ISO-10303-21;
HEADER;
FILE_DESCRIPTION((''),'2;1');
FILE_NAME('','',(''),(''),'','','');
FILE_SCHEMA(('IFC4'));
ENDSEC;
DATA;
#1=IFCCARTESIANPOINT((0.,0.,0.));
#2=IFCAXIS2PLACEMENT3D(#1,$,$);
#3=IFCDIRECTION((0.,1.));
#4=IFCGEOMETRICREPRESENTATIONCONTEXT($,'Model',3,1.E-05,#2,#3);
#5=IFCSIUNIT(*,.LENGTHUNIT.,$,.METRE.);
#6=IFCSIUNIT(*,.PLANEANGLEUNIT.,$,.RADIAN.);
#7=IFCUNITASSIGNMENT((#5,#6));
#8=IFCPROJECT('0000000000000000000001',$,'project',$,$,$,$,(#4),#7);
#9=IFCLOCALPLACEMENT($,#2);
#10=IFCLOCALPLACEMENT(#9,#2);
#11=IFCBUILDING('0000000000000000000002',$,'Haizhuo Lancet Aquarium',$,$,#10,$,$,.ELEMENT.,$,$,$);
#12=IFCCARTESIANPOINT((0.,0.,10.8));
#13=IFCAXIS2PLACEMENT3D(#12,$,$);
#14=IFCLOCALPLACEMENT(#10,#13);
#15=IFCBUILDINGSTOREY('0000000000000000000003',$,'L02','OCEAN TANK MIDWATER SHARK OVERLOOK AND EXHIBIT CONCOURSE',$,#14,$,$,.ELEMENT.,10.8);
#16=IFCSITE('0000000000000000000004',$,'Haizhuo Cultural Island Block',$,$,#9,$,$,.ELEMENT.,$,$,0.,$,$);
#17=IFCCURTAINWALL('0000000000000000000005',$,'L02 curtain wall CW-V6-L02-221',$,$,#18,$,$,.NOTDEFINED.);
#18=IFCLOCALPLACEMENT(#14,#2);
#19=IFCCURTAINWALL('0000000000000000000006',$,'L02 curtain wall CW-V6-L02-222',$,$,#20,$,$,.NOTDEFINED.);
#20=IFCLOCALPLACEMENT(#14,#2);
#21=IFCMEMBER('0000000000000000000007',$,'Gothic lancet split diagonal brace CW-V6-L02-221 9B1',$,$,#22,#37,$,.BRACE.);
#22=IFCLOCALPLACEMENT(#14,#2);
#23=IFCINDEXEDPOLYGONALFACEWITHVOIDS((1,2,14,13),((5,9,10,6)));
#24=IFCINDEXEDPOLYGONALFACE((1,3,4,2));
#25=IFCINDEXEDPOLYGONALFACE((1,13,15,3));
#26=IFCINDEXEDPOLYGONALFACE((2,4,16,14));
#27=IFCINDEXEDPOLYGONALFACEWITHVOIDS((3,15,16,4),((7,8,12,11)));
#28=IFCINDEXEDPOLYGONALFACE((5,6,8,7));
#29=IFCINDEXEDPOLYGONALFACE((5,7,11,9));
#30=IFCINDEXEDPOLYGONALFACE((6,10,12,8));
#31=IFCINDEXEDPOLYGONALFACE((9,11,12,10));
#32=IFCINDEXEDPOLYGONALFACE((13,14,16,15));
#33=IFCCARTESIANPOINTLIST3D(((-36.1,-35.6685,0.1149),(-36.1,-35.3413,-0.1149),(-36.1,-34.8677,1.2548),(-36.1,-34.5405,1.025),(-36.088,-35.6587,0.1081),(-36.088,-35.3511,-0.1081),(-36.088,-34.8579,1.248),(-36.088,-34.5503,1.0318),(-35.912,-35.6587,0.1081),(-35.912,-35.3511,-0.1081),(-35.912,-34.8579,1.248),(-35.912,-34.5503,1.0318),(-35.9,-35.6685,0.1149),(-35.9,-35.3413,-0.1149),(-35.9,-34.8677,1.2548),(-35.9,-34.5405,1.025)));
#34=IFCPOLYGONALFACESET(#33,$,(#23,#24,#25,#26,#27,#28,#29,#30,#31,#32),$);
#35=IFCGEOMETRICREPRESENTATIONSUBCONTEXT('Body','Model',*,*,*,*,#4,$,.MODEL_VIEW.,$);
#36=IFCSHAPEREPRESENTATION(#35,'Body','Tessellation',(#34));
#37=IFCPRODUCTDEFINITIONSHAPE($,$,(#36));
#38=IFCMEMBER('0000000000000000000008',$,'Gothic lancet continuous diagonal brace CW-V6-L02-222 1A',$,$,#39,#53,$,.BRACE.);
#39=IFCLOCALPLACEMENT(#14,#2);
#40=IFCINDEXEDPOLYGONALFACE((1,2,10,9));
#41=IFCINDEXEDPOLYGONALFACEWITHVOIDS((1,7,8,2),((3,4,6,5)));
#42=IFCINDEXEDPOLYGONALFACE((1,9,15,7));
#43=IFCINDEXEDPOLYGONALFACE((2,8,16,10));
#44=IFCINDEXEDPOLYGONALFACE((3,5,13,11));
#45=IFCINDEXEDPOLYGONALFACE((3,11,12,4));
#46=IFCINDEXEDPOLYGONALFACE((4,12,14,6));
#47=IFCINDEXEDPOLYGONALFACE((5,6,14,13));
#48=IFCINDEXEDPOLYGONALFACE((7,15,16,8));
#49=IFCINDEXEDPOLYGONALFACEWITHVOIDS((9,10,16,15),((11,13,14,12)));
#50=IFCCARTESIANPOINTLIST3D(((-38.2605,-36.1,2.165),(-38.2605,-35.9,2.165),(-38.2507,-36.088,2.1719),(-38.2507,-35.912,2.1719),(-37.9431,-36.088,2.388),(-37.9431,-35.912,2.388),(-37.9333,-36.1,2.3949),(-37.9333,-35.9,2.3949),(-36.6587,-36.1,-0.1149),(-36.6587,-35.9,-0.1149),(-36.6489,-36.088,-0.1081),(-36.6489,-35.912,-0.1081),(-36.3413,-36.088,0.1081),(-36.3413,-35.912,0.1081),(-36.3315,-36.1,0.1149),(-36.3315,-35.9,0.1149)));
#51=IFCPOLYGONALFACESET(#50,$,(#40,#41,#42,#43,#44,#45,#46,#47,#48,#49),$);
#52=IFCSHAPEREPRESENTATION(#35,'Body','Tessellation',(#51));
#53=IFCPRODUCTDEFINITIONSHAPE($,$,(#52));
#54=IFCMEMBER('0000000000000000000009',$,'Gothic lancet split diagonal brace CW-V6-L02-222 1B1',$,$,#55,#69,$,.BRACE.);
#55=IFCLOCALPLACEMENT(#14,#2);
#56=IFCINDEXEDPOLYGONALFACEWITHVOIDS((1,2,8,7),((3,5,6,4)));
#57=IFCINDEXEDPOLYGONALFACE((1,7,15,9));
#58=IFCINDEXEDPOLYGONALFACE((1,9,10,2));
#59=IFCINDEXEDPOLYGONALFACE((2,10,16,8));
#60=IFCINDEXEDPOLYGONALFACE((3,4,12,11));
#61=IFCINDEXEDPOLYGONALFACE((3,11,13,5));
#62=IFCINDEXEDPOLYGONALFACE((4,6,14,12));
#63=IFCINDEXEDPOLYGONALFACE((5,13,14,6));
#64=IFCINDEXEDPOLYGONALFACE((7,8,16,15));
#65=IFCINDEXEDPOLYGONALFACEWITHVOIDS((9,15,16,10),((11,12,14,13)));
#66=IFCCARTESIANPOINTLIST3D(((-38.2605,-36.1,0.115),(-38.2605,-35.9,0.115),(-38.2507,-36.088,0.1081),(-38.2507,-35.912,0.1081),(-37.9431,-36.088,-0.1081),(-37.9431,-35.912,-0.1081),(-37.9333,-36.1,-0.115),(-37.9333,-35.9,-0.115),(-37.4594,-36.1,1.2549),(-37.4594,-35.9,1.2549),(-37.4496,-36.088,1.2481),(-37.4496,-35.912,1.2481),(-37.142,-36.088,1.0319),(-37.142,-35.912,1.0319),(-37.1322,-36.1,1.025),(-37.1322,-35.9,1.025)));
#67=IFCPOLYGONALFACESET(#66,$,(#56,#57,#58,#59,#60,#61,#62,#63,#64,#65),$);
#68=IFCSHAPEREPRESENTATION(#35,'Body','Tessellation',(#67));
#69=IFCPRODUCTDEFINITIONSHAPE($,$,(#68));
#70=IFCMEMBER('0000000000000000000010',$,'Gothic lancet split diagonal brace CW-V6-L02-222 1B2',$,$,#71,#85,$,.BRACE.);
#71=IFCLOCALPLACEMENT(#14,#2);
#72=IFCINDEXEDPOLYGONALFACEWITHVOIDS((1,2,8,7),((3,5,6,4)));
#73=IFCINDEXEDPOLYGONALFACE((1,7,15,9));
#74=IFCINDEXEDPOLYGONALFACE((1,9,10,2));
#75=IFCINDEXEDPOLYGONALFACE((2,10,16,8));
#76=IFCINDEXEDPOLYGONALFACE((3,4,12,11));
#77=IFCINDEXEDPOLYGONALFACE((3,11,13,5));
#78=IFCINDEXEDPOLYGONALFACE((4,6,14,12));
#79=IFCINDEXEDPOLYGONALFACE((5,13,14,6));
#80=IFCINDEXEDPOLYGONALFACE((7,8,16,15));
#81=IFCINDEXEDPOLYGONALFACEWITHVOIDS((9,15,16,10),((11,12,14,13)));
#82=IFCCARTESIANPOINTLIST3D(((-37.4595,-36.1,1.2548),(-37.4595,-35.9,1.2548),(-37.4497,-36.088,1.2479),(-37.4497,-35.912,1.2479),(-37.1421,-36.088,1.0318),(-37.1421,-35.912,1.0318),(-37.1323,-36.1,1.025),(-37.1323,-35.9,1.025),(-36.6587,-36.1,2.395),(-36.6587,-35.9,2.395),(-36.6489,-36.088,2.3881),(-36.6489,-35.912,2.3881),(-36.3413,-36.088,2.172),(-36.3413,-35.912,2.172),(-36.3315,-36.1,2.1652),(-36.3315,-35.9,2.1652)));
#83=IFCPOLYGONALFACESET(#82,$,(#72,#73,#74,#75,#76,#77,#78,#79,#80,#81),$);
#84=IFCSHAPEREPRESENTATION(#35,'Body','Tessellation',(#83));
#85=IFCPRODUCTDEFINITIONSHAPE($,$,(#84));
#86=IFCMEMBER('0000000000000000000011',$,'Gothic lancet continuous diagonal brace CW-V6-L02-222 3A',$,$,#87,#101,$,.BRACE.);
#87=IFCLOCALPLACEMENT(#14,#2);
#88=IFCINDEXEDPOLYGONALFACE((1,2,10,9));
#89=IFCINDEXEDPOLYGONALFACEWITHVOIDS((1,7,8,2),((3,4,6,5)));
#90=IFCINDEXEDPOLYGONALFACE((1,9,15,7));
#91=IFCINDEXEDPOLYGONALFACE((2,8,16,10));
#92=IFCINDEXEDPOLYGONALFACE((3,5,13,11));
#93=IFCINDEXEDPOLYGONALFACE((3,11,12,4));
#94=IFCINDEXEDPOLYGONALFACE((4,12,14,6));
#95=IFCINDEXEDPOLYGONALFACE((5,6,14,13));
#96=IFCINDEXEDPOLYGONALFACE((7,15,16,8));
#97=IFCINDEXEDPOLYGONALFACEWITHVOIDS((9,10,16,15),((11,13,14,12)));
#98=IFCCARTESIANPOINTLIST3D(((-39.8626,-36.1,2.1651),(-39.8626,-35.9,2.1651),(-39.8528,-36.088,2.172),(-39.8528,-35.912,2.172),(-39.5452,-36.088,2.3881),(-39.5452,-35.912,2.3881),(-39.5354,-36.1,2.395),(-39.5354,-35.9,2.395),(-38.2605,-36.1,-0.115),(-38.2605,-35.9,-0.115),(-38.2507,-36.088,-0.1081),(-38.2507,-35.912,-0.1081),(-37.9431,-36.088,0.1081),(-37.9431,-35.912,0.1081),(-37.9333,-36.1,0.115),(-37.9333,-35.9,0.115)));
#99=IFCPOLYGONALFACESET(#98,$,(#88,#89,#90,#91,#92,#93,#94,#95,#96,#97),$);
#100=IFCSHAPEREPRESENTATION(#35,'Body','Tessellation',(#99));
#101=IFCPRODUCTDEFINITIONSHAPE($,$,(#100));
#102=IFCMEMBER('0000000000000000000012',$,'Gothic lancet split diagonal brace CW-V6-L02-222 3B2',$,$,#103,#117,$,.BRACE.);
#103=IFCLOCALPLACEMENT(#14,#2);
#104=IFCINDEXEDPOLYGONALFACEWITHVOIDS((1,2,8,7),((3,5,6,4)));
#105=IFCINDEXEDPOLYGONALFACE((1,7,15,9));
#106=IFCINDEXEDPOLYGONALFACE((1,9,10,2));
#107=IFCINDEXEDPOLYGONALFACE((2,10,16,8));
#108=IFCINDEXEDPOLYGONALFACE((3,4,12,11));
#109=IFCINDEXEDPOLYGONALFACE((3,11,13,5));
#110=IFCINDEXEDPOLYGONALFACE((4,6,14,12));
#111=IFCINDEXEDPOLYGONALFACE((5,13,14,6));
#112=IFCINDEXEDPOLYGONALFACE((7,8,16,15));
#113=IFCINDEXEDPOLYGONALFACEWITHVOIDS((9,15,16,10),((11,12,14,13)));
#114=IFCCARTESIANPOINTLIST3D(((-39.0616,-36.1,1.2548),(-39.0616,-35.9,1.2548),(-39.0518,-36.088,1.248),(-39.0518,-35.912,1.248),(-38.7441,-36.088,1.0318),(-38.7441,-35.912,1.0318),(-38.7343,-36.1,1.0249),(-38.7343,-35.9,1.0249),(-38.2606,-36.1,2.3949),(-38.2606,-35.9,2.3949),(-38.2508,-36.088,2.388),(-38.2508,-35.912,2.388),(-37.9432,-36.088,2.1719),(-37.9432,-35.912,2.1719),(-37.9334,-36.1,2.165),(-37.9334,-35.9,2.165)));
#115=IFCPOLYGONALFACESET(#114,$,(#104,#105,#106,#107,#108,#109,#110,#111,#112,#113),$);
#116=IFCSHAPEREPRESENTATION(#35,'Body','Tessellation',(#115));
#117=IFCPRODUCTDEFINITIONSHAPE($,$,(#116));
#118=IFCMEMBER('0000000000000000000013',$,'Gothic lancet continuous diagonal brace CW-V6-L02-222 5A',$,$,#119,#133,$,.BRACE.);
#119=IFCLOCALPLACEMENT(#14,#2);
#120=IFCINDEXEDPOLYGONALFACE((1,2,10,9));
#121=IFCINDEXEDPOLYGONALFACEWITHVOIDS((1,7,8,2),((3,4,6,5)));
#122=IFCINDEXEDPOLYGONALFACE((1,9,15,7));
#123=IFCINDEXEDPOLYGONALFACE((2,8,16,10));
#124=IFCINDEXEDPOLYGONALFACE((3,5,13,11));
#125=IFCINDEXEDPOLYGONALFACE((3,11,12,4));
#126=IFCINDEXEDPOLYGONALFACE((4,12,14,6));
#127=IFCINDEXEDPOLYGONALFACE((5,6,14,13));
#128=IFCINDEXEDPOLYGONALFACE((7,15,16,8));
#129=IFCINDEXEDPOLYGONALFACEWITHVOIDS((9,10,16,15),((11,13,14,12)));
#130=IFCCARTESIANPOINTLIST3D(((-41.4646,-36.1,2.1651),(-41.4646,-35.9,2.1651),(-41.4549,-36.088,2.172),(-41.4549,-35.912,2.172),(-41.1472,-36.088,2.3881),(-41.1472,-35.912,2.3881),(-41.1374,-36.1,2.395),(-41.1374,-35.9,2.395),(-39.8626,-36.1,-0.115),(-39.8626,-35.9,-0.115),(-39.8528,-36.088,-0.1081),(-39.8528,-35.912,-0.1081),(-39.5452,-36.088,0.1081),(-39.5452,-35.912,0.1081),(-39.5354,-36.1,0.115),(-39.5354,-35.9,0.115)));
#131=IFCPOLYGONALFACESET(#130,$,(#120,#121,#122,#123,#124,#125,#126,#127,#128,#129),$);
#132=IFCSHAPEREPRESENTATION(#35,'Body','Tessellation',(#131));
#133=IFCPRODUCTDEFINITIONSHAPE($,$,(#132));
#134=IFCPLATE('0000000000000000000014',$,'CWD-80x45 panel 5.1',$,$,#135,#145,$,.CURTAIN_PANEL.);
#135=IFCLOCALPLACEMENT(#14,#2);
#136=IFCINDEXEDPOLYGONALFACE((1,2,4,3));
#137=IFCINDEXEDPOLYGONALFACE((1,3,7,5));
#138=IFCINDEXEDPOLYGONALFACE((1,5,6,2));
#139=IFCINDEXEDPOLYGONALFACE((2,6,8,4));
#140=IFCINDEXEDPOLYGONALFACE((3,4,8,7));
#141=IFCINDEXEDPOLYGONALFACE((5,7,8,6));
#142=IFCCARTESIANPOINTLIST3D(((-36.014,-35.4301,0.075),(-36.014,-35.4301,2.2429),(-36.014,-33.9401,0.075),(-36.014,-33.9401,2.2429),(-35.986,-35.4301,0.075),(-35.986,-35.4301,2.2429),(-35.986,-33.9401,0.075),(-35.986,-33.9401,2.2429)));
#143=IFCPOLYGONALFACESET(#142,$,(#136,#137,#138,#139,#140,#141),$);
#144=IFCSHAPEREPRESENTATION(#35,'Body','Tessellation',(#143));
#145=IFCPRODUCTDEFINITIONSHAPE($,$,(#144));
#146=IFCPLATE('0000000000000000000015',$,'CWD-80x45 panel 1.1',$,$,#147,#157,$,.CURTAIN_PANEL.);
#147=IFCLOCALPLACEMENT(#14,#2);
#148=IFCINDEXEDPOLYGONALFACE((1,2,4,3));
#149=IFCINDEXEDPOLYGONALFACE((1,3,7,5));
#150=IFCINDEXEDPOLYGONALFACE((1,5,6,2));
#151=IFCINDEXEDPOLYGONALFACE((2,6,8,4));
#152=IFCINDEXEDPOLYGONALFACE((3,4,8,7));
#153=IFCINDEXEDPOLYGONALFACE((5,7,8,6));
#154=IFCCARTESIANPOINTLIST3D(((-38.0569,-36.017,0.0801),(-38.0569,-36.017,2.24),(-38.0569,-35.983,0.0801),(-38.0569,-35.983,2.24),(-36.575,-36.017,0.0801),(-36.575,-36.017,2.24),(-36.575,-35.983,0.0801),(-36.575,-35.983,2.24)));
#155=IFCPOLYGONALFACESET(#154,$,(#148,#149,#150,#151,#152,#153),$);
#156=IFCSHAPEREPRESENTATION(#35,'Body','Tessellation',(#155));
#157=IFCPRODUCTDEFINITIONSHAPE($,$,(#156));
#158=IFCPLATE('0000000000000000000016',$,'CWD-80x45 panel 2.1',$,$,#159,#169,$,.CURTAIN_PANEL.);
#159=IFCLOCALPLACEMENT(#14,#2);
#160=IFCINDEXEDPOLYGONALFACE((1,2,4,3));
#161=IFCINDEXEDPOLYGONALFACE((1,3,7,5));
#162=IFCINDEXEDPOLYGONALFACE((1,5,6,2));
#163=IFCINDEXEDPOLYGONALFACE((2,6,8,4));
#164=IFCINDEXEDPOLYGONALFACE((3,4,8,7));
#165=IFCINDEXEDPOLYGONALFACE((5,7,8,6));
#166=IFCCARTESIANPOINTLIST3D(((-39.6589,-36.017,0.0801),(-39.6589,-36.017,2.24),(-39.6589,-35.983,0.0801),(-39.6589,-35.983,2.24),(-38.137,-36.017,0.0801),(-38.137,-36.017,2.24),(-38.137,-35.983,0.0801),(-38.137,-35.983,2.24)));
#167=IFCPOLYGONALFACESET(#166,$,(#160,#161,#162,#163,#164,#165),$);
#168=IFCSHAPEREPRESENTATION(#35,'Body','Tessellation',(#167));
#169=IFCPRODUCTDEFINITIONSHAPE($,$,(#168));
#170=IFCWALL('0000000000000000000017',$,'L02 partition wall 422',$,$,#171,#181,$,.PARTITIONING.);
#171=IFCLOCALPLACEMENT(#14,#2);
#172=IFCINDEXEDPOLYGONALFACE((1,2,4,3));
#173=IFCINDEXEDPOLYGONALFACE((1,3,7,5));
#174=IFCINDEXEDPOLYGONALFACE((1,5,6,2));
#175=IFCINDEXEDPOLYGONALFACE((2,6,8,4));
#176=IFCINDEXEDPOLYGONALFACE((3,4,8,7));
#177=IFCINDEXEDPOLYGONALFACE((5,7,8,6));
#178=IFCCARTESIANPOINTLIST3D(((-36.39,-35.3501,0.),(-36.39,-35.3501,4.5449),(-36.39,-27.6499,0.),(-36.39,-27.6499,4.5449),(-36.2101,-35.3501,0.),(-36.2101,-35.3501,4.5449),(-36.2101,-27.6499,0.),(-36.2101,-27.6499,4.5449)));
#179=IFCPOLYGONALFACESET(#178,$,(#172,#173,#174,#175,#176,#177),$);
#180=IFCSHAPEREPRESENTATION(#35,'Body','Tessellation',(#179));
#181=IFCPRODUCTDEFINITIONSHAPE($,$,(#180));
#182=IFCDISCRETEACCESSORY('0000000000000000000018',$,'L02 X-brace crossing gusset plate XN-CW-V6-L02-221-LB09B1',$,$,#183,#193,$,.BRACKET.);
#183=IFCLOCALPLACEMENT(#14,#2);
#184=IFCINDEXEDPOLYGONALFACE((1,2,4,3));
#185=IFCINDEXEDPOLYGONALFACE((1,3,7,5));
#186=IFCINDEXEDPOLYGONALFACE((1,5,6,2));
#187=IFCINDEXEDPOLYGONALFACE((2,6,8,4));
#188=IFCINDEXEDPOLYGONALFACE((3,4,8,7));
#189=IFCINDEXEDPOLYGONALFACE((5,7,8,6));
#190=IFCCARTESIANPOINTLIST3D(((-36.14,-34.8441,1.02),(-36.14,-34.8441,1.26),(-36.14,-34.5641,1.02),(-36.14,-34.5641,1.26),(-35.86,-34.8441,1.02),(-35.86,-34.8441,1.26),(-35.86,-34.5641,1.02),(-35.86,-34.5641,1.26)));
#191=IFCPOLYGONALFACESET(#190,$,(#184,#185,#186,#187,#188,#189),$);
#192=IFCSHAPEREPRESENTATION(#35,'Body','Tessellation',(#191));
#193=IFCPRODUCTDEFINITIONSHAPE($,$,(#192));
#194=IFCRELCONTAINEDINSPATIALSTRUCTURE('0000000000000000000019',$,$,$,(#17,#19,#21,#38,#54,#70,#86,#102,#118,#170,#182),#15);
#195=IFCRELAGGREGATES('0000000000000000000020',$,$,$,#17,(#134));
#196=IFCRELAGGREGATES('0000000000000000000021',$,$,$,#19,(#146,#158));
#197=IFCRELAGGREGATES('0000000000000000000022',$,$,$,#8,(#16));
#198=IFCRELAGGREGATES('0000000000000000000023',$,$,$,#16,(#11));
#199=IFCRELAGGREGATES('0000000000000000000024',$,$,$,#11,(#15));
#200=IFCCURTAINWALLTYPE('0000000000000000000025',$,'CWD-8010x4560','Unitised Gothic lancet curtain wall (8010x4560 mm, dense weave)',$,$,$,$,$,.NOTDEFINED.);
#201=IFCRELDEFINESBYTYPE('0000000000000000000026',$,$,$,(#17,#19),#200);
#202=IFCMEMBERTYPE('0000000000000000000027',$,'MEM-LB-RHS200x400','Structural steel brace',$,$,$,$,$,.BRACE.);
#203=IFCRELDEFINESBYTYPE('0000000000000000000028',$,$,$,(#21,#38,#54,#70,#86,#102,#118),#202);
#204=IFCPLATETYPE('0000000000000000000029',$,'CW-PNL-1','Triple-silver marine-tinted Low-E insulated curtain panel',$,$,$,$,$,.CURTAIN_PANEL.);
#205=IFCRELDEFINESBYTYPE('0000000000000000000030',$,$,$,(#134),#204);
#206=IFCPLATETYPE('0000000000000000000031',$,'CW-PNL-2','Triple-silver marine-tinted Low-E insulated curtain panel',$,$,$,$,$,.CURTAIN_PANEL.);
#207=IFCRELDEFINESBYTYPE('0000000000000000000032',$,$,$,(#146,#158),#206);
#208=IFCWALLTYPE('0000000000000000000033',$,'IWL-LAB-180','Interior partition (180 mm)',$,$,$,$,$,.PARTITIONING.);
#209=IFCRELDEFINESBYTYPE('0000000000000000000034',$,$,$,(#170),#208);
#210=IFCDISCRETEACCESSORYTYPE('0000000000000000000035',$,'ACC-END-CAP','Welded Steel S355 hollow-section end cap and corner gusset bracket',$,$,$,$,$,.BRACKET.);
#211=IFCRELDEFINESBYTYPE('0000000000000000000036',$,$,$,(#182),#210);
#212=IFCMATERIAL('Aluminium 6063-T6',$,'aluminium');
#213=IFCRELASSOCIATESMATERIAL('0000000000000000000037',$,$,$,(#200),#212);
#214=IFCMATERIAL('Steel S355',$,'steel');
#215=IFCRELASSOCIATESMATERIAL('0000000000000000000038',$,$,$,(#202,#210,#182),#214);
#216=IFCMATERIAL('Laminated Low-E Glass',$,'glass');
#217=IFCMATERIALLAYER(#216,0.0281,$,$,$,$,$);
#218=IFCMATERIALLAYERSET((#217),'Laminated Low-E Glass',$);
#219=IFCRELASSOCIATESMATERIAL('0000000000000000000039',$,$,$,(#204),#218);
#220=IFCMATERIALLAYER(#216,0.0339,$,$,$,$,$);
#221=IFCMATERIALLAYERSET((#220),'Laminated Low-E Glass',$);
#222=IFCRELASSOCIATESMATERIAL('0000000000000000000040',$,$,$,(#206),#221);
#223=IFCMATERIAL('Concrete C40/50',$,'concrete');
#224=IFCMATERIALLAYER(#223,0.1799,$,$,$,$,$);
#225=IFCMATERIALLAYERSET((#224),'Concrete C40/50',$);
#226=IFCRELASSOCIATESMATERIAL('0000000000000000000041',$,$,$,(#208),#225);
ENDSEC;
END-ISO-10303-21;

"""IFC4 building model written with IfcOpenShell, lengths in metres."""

from ifc_helpers import new_model, si_unit, direction, frame, frame_2d, origin, origin_2d, place, context, subcontext, project, spatial, rectangle, hollow_rectangle, extrude, material, layer, layer_set, material_profile, profile_set, type_object, element, aggregate, save


model = new_model("IFC4")

# Units and contexts
model_context = context("Model", 3, precision=1e-05, world=origin(), true_north=direction((0.0, 1.0)))
body_context = subcontext(model_context, "Body", "Model", "MODEL_VIEW")
ifc_project = project(units=[si_unit("LENGTHUNIT", "METRE"), si_unit("PLANEANGLEUNIT", "RADIAN")], contexts=[model_context])

# Site, building, storey
site_placement = place(None, origin())
site = spatial("IfcSite", under=ifc_project, at=site_placement, Name="Haizhuo Cultural Island Block", CompositionType="ELEMENT", RefElevation=0.0)
building_placement = place(site_placement, origin())
building = spatial("IfcBuilding", under=site, at=building_placement, Name="Haizhuo Lancet Aquarium", CompositionType="ELEMENT")
storey_placement = place(building_placement, frame((0.0, 0.0, 10.8)))
storey = spatial("IfcBuildingStorey", under=building, at=storey_placement, Name="L02", Description="OCEAN TANK MIDWATER SHARK OVERLOOK AND EXHIBIT CONCOURSE", CompositionType="ELEMENT", Elevation=10.8)

# Shared definitions
ifc_material_1 = material(Name="Concrete C40/50", Category="concrete")

# Curtain walls
ifc_material_2 = material(Name="Aluminium 6063-T6", Category="aluminium")
curtain_wall_type = type_object("IfcCurtainWallType", Name="CWD-8010x4560", Description="Unitised Gothic lancet curtain wall (8010x4560 mm, dense weave)", PredefinedType="NOTDEFINED", material=ifc_material_2)
curtain_wall_1_placement = place(storey_placement, origin())
curtain_wall_1 = element("IfcCurtainWall", 1, at=curtain_wall_1_placement, inside=storey, type_object=curtain_wall_type, Name="L02 curtain wall CW-V6-L02-221", PredefinedType="NOTDEFINED")
curtain_wall_2_placement = place(storey_placement, origin())
curtain_wall_2 = element("IfcCurtainWall", 2, at=curtain_wall_2_placement, inside=storey, type_object=curtain_wall_type, Name="L02 curtain wall CW-V6-L02-222", PredefinedType="NOTDEFINED")

# Members
ifc_material_3 = material(Name="Steel S355", Category="steel")
ifc_material_profile_1 = material_profile(ifc_material_3, hollow_rectangle(XDim=0.2, YDim=0.3999, WallThickness=0.012, at=origin_2d()), Name="RHS 200x400x12")
ifc_profile_set_1 = profile_set([ifc_material_profile_1], Name="Steel S355")
member_type_1 = type_object("IfcMemberType", Name="MEM-LB-RHS200x400", Description="Structural steel brace", PredefinedType="BRACE", material=ifc_profile_set_1)
member_1_placement = place(storey_placement, frame((-36.0, -35.5049, 0.0), z_axis=(0.0, 0.574838, 0.818267), x_axis=(-1.0, 0.0, 0.0)))
element("IfcMember", 3, at=member_1_placement, inside=storey, type_object=member_type_1, Name="Gothic lancet split diagonal brace CW-V6-L02-221 9B1", PredefinedType="BRACE", context=body_context, shape_type="SweptSolid", body=[
    extrude(hollow_rectangle(XDim=0.2, YDim=0.3999, WallThickness=0.012, at=origin_2d()), origin(), (0.0, 0.0, 1.0), 1.3931),
])
member_2_placement = place(storey_placement, frame((-36.4951, -36.0, 0.0), z_axis=(-0.574855, 0.0, 0.818255), x_axis=(0.0, -1.0, 0.0)))
element("IfcMember", 4, at=member_2_placement, inside=storey, type_object=member_type_1, Name="Gothic lancet continuous diagonal brace CW-V6-L02-222 1A", PredefinedType="BRACE", context=body_context, shape_type="SweptSolid", body=[
    extrude(hollow_rectangle(XDim=0.2, YDim=0.3999, WallThickness=0.012, at=origin_2d()), origin(), (0.0, 0.0, 1.0), 2.7864),
])
for number, where, z_axis, x_axis, name in (
    (5, (-38.0969, -36.0, 0.0), (0.574955, 0.0, 0.818185), (0.0, 1.0, 0.0), "Gothic lancet split diagonal brace CW-V6-L02-222 1B1"),
    (6, (-37.2959, -36.0, 1.1399), (0.574755, 0.0, 0.818325), (0.0, 1.0, 0.0), "Gothic lancet split diagonal brace CW-V6-L02-222 1B2"),
):
    element("IfcMember", number, at=place(storey_placement, frame(where, z_axis=z_axis, x_axis=x_axis)), inside=storey, type_object=member_type_1, Name=name, PredefinedType="BRACE", context=body_context, shape_type="SweptSolid", body=[
        extrude(hollow_rectangle(XDim=0.2, YDim=0.3999, WallThickness=0.012, at=origin_2d()), origin(), (0.0, 0.0, 1.0), 1.3933),
    ])
member_3_placement = place(storey_placement, frame((-38.0969, -36.0, 0.0), z_axis=(-0.574914, 0.0, 0.818214), x_axis=(0.0, -1.0, 0.0)))
element("IfcMember", 7, at=member_3_placement, inside=storey, type_object=member_type_1, Name="Gothic lancet continuous diagonal brace CW-V6-L02-222 3A", PredefinedType="BRACE", context=body_context, shape_type="SweptSolid", body=[
    extrude(hollow_rectangle(XDim=0.2, YDim=0.3999, WallThickness=0.012, at=origin_2d()), origin(), (0.0, 0.0, 1.0), 2.7866),
])
member_4_placement = place(storey_placement, frame((-38.8979, -36.0, 1.1399), z_axis=(0.574873, 0.0, 0.818243), x_axis=(0.0, 1.0, 0.0)))
element("IfcMember", 8, at=member_4_placement, inside=storey, type_object=member_type_1, Name="Gothic lancet split diagonal brace CW-V6-L02-222 3B2", PredefinedType="BRACE", context=body_context, shape_type="SweptSolid", body=[
    extrude(hollow_rectangle(XDim=0.2, YDim=0.3999, WallThickness=0.012, at=origin_2d()), origin(), (0.0, 0.0, 1.0), 1.3933),
])
member_5_placement = place(storey_placement, frame((-39.699, -36.0, 0.0), z_axis=(-0.574914, 0.0, 0.818214), x_axis=(0.0, -1.0, 0.0)))
element("IfcMember", 9, at=member_5_placement, inside=storey, type_object=member_type_1, Name="Gothic lancet continuous diagonal brace CW-V6-L02-222 5A", PredefinedType="BRACE", context=body_context, shape_type="SweptSolid", body=[
    extrude(hollow_rectangle(XDim=0.2, YDim=0.3999, WallThickness=0.012, at=origin_2d()), origin(), (0.0, 0.0, 1.0), 2.7866),
])

# Plates
ifc_material_4 = material(Name="Laminated Low-E Glass", Category="glass")
ifc_layer_1 = layer(ifc_material_4, 0.0281)
ifc_layer_set_1 = layer_set([ifc_layer_1], Name="Laminated Low-E Glass")
plate_type_1 = type_object("IfcPlateType", Name="CW-PNL-1", Description="Triple-silver marine-tinted Low-E insulated curtain panel", PredefinedType="CURTAIN_PANEL", material=ifc_layer_set_1)
plate_1_placement = place(storey_placement, frame((-36.0, -34.6851, 0.075), z_axis=(0.0, 0.0, 1.0), x_axis=(0.0, -1.0, 0.0)))
plate_1 = element("IfcPlate", 10, at=plate_1_placement, type_object=plate_type_1, Name="CWD-80x45 panel 5.1", PredefinedType="CURTAIN_PANEL", context=body_context, shape_type="SweptSolid", body=[
    extrude(rectangle(XDim=1.49, YDim=0.0281, at=origin_2d()), origin(), (0.0, 0.0, 1.0), 2.168),
])
aggregate(curtain_wall_1, [plate_1])
ifc_layer_2 = layer(ifc_material_4, 0.0339)
ifc_layer_set_2 = layer_set([ifc_layer_2], Name="Laminated Low-E Glass")
plate_type_2 = type_object("IfcPlateType", Name="CW-PNL-2", Description="Triple-silver marine-tinted Low-E insulated curtain panel", PredefinedType="CURTAIN_PANEL", material=ifc_layer_set_2)
plate_2_placement = place(storey_placement, frame((-37.3159, -36.0, 0.0801), z_axis=(0.0, 0.0, 1.0), x_axis=(-1.0, 0.0, 0.0)))
plate_2 = element("IfcPlate", 11, at=plate_2_placement, type_object=plate_type_2, Name="CWD-80x45 panel 1.1", PredefinedType="CURTAIN_PANEL", context=body_context, shape_type="SweptSolid", body=[
    extrude(rectangle(XDim=1.4819, YDim=0.0339, at=origin_2d()), origin(), (0.0, 0.0, 1.0), 2.1599),
])
plate_3_placement = place(storey_placement, frame((-38.8979, -36.0, 0.0801), z_axis=(0.0, 0.0, 1.0), x_axis=(-1.0, 0.0, 0.0)))
plate_3 = element("IfcPlate", 12, at=plate_3_placement, type_object=plate_type_2, Name="CWD-80x45 panel 2.1", PredefinedType="CURTAIN_PANEL", context=body_context, shape_type="SweptSolid", body=[
    extrude(rectangle(XDim=1.522, YDim=0.0339, at=origin_2d()), origin(), (0.0, 0.0, 1.0), 2.1599),
])
aggregate(curtain_wall_2, [plate_2, plate_3])

# Wall
ifc_layer_3 = layer(ifc_material_1, 0.1799)
ifc_layer_set_3 = layer_set([ifc_layer_3], Name="Concrete C40/50")
wall_type = type_object("IfcWallType", Name="IWL-LAB-180", Description="Interior partition (180 mm)", PredefinedType="PARTITIONING", material=ifc_layer_set_3)
wall_placement = place(storey_placement, frame((-36.3, -35.3501, 0.0), z_axis=(0.0, 0.0, 1.0), x_axis=(0.0, 1.0, 0.0)))
element("IfcWall", 13, at=wall_placement, inside=storey, type_object=wall_type, Name="L02 partition wall 422", PredefinedType="PARTITIONING", context=body_context, shape_type="SweptSolid", body=[
    extrude(rectangle(XDim=7.7002, YDim=0.1799, at=frame_2d((3.8501, 0.0))), origin(), (0.0, 0.0, 1.0), 4.5449),
])

# Discrete accessory
discrete_accessory_type = type_object("IfcDiscreteAccessoryType", Name="ACC-END-CAP", Description="Welded Steel S355 hollow-section end cap and corner gusset bracket", PredefinedType="BRACKET", material=ifc_material_3)
for number, where, z_axis, x_axis, name in (
    (14, (-36.0, -34.7041, 1.02), (0.0, 0.0, 1.0), (1.0, 0.0, 0.0), "L02 X-brace crossing gusset plate XN-CW-V6-L02-221-LB09B1"),
):
    element("IfcDiscreteAccessory", number, at=place(storey_placement, frame(where, z_axis=z_axis, x_axis=x_axis)), inside=storey, type_object=discrete_accessory_type, material=ifc_material_3, Name=name, PredefinedType="BRACKET", context=body_context, shape_type="SweptSolid", body=[
        extrude(rectangle(XDim=0.28, YDim=0.28, at=origin_2d()), origin(), (0.0, 0.0, 1.0), 0.24),
    ])

save(model, "model.ifc")
